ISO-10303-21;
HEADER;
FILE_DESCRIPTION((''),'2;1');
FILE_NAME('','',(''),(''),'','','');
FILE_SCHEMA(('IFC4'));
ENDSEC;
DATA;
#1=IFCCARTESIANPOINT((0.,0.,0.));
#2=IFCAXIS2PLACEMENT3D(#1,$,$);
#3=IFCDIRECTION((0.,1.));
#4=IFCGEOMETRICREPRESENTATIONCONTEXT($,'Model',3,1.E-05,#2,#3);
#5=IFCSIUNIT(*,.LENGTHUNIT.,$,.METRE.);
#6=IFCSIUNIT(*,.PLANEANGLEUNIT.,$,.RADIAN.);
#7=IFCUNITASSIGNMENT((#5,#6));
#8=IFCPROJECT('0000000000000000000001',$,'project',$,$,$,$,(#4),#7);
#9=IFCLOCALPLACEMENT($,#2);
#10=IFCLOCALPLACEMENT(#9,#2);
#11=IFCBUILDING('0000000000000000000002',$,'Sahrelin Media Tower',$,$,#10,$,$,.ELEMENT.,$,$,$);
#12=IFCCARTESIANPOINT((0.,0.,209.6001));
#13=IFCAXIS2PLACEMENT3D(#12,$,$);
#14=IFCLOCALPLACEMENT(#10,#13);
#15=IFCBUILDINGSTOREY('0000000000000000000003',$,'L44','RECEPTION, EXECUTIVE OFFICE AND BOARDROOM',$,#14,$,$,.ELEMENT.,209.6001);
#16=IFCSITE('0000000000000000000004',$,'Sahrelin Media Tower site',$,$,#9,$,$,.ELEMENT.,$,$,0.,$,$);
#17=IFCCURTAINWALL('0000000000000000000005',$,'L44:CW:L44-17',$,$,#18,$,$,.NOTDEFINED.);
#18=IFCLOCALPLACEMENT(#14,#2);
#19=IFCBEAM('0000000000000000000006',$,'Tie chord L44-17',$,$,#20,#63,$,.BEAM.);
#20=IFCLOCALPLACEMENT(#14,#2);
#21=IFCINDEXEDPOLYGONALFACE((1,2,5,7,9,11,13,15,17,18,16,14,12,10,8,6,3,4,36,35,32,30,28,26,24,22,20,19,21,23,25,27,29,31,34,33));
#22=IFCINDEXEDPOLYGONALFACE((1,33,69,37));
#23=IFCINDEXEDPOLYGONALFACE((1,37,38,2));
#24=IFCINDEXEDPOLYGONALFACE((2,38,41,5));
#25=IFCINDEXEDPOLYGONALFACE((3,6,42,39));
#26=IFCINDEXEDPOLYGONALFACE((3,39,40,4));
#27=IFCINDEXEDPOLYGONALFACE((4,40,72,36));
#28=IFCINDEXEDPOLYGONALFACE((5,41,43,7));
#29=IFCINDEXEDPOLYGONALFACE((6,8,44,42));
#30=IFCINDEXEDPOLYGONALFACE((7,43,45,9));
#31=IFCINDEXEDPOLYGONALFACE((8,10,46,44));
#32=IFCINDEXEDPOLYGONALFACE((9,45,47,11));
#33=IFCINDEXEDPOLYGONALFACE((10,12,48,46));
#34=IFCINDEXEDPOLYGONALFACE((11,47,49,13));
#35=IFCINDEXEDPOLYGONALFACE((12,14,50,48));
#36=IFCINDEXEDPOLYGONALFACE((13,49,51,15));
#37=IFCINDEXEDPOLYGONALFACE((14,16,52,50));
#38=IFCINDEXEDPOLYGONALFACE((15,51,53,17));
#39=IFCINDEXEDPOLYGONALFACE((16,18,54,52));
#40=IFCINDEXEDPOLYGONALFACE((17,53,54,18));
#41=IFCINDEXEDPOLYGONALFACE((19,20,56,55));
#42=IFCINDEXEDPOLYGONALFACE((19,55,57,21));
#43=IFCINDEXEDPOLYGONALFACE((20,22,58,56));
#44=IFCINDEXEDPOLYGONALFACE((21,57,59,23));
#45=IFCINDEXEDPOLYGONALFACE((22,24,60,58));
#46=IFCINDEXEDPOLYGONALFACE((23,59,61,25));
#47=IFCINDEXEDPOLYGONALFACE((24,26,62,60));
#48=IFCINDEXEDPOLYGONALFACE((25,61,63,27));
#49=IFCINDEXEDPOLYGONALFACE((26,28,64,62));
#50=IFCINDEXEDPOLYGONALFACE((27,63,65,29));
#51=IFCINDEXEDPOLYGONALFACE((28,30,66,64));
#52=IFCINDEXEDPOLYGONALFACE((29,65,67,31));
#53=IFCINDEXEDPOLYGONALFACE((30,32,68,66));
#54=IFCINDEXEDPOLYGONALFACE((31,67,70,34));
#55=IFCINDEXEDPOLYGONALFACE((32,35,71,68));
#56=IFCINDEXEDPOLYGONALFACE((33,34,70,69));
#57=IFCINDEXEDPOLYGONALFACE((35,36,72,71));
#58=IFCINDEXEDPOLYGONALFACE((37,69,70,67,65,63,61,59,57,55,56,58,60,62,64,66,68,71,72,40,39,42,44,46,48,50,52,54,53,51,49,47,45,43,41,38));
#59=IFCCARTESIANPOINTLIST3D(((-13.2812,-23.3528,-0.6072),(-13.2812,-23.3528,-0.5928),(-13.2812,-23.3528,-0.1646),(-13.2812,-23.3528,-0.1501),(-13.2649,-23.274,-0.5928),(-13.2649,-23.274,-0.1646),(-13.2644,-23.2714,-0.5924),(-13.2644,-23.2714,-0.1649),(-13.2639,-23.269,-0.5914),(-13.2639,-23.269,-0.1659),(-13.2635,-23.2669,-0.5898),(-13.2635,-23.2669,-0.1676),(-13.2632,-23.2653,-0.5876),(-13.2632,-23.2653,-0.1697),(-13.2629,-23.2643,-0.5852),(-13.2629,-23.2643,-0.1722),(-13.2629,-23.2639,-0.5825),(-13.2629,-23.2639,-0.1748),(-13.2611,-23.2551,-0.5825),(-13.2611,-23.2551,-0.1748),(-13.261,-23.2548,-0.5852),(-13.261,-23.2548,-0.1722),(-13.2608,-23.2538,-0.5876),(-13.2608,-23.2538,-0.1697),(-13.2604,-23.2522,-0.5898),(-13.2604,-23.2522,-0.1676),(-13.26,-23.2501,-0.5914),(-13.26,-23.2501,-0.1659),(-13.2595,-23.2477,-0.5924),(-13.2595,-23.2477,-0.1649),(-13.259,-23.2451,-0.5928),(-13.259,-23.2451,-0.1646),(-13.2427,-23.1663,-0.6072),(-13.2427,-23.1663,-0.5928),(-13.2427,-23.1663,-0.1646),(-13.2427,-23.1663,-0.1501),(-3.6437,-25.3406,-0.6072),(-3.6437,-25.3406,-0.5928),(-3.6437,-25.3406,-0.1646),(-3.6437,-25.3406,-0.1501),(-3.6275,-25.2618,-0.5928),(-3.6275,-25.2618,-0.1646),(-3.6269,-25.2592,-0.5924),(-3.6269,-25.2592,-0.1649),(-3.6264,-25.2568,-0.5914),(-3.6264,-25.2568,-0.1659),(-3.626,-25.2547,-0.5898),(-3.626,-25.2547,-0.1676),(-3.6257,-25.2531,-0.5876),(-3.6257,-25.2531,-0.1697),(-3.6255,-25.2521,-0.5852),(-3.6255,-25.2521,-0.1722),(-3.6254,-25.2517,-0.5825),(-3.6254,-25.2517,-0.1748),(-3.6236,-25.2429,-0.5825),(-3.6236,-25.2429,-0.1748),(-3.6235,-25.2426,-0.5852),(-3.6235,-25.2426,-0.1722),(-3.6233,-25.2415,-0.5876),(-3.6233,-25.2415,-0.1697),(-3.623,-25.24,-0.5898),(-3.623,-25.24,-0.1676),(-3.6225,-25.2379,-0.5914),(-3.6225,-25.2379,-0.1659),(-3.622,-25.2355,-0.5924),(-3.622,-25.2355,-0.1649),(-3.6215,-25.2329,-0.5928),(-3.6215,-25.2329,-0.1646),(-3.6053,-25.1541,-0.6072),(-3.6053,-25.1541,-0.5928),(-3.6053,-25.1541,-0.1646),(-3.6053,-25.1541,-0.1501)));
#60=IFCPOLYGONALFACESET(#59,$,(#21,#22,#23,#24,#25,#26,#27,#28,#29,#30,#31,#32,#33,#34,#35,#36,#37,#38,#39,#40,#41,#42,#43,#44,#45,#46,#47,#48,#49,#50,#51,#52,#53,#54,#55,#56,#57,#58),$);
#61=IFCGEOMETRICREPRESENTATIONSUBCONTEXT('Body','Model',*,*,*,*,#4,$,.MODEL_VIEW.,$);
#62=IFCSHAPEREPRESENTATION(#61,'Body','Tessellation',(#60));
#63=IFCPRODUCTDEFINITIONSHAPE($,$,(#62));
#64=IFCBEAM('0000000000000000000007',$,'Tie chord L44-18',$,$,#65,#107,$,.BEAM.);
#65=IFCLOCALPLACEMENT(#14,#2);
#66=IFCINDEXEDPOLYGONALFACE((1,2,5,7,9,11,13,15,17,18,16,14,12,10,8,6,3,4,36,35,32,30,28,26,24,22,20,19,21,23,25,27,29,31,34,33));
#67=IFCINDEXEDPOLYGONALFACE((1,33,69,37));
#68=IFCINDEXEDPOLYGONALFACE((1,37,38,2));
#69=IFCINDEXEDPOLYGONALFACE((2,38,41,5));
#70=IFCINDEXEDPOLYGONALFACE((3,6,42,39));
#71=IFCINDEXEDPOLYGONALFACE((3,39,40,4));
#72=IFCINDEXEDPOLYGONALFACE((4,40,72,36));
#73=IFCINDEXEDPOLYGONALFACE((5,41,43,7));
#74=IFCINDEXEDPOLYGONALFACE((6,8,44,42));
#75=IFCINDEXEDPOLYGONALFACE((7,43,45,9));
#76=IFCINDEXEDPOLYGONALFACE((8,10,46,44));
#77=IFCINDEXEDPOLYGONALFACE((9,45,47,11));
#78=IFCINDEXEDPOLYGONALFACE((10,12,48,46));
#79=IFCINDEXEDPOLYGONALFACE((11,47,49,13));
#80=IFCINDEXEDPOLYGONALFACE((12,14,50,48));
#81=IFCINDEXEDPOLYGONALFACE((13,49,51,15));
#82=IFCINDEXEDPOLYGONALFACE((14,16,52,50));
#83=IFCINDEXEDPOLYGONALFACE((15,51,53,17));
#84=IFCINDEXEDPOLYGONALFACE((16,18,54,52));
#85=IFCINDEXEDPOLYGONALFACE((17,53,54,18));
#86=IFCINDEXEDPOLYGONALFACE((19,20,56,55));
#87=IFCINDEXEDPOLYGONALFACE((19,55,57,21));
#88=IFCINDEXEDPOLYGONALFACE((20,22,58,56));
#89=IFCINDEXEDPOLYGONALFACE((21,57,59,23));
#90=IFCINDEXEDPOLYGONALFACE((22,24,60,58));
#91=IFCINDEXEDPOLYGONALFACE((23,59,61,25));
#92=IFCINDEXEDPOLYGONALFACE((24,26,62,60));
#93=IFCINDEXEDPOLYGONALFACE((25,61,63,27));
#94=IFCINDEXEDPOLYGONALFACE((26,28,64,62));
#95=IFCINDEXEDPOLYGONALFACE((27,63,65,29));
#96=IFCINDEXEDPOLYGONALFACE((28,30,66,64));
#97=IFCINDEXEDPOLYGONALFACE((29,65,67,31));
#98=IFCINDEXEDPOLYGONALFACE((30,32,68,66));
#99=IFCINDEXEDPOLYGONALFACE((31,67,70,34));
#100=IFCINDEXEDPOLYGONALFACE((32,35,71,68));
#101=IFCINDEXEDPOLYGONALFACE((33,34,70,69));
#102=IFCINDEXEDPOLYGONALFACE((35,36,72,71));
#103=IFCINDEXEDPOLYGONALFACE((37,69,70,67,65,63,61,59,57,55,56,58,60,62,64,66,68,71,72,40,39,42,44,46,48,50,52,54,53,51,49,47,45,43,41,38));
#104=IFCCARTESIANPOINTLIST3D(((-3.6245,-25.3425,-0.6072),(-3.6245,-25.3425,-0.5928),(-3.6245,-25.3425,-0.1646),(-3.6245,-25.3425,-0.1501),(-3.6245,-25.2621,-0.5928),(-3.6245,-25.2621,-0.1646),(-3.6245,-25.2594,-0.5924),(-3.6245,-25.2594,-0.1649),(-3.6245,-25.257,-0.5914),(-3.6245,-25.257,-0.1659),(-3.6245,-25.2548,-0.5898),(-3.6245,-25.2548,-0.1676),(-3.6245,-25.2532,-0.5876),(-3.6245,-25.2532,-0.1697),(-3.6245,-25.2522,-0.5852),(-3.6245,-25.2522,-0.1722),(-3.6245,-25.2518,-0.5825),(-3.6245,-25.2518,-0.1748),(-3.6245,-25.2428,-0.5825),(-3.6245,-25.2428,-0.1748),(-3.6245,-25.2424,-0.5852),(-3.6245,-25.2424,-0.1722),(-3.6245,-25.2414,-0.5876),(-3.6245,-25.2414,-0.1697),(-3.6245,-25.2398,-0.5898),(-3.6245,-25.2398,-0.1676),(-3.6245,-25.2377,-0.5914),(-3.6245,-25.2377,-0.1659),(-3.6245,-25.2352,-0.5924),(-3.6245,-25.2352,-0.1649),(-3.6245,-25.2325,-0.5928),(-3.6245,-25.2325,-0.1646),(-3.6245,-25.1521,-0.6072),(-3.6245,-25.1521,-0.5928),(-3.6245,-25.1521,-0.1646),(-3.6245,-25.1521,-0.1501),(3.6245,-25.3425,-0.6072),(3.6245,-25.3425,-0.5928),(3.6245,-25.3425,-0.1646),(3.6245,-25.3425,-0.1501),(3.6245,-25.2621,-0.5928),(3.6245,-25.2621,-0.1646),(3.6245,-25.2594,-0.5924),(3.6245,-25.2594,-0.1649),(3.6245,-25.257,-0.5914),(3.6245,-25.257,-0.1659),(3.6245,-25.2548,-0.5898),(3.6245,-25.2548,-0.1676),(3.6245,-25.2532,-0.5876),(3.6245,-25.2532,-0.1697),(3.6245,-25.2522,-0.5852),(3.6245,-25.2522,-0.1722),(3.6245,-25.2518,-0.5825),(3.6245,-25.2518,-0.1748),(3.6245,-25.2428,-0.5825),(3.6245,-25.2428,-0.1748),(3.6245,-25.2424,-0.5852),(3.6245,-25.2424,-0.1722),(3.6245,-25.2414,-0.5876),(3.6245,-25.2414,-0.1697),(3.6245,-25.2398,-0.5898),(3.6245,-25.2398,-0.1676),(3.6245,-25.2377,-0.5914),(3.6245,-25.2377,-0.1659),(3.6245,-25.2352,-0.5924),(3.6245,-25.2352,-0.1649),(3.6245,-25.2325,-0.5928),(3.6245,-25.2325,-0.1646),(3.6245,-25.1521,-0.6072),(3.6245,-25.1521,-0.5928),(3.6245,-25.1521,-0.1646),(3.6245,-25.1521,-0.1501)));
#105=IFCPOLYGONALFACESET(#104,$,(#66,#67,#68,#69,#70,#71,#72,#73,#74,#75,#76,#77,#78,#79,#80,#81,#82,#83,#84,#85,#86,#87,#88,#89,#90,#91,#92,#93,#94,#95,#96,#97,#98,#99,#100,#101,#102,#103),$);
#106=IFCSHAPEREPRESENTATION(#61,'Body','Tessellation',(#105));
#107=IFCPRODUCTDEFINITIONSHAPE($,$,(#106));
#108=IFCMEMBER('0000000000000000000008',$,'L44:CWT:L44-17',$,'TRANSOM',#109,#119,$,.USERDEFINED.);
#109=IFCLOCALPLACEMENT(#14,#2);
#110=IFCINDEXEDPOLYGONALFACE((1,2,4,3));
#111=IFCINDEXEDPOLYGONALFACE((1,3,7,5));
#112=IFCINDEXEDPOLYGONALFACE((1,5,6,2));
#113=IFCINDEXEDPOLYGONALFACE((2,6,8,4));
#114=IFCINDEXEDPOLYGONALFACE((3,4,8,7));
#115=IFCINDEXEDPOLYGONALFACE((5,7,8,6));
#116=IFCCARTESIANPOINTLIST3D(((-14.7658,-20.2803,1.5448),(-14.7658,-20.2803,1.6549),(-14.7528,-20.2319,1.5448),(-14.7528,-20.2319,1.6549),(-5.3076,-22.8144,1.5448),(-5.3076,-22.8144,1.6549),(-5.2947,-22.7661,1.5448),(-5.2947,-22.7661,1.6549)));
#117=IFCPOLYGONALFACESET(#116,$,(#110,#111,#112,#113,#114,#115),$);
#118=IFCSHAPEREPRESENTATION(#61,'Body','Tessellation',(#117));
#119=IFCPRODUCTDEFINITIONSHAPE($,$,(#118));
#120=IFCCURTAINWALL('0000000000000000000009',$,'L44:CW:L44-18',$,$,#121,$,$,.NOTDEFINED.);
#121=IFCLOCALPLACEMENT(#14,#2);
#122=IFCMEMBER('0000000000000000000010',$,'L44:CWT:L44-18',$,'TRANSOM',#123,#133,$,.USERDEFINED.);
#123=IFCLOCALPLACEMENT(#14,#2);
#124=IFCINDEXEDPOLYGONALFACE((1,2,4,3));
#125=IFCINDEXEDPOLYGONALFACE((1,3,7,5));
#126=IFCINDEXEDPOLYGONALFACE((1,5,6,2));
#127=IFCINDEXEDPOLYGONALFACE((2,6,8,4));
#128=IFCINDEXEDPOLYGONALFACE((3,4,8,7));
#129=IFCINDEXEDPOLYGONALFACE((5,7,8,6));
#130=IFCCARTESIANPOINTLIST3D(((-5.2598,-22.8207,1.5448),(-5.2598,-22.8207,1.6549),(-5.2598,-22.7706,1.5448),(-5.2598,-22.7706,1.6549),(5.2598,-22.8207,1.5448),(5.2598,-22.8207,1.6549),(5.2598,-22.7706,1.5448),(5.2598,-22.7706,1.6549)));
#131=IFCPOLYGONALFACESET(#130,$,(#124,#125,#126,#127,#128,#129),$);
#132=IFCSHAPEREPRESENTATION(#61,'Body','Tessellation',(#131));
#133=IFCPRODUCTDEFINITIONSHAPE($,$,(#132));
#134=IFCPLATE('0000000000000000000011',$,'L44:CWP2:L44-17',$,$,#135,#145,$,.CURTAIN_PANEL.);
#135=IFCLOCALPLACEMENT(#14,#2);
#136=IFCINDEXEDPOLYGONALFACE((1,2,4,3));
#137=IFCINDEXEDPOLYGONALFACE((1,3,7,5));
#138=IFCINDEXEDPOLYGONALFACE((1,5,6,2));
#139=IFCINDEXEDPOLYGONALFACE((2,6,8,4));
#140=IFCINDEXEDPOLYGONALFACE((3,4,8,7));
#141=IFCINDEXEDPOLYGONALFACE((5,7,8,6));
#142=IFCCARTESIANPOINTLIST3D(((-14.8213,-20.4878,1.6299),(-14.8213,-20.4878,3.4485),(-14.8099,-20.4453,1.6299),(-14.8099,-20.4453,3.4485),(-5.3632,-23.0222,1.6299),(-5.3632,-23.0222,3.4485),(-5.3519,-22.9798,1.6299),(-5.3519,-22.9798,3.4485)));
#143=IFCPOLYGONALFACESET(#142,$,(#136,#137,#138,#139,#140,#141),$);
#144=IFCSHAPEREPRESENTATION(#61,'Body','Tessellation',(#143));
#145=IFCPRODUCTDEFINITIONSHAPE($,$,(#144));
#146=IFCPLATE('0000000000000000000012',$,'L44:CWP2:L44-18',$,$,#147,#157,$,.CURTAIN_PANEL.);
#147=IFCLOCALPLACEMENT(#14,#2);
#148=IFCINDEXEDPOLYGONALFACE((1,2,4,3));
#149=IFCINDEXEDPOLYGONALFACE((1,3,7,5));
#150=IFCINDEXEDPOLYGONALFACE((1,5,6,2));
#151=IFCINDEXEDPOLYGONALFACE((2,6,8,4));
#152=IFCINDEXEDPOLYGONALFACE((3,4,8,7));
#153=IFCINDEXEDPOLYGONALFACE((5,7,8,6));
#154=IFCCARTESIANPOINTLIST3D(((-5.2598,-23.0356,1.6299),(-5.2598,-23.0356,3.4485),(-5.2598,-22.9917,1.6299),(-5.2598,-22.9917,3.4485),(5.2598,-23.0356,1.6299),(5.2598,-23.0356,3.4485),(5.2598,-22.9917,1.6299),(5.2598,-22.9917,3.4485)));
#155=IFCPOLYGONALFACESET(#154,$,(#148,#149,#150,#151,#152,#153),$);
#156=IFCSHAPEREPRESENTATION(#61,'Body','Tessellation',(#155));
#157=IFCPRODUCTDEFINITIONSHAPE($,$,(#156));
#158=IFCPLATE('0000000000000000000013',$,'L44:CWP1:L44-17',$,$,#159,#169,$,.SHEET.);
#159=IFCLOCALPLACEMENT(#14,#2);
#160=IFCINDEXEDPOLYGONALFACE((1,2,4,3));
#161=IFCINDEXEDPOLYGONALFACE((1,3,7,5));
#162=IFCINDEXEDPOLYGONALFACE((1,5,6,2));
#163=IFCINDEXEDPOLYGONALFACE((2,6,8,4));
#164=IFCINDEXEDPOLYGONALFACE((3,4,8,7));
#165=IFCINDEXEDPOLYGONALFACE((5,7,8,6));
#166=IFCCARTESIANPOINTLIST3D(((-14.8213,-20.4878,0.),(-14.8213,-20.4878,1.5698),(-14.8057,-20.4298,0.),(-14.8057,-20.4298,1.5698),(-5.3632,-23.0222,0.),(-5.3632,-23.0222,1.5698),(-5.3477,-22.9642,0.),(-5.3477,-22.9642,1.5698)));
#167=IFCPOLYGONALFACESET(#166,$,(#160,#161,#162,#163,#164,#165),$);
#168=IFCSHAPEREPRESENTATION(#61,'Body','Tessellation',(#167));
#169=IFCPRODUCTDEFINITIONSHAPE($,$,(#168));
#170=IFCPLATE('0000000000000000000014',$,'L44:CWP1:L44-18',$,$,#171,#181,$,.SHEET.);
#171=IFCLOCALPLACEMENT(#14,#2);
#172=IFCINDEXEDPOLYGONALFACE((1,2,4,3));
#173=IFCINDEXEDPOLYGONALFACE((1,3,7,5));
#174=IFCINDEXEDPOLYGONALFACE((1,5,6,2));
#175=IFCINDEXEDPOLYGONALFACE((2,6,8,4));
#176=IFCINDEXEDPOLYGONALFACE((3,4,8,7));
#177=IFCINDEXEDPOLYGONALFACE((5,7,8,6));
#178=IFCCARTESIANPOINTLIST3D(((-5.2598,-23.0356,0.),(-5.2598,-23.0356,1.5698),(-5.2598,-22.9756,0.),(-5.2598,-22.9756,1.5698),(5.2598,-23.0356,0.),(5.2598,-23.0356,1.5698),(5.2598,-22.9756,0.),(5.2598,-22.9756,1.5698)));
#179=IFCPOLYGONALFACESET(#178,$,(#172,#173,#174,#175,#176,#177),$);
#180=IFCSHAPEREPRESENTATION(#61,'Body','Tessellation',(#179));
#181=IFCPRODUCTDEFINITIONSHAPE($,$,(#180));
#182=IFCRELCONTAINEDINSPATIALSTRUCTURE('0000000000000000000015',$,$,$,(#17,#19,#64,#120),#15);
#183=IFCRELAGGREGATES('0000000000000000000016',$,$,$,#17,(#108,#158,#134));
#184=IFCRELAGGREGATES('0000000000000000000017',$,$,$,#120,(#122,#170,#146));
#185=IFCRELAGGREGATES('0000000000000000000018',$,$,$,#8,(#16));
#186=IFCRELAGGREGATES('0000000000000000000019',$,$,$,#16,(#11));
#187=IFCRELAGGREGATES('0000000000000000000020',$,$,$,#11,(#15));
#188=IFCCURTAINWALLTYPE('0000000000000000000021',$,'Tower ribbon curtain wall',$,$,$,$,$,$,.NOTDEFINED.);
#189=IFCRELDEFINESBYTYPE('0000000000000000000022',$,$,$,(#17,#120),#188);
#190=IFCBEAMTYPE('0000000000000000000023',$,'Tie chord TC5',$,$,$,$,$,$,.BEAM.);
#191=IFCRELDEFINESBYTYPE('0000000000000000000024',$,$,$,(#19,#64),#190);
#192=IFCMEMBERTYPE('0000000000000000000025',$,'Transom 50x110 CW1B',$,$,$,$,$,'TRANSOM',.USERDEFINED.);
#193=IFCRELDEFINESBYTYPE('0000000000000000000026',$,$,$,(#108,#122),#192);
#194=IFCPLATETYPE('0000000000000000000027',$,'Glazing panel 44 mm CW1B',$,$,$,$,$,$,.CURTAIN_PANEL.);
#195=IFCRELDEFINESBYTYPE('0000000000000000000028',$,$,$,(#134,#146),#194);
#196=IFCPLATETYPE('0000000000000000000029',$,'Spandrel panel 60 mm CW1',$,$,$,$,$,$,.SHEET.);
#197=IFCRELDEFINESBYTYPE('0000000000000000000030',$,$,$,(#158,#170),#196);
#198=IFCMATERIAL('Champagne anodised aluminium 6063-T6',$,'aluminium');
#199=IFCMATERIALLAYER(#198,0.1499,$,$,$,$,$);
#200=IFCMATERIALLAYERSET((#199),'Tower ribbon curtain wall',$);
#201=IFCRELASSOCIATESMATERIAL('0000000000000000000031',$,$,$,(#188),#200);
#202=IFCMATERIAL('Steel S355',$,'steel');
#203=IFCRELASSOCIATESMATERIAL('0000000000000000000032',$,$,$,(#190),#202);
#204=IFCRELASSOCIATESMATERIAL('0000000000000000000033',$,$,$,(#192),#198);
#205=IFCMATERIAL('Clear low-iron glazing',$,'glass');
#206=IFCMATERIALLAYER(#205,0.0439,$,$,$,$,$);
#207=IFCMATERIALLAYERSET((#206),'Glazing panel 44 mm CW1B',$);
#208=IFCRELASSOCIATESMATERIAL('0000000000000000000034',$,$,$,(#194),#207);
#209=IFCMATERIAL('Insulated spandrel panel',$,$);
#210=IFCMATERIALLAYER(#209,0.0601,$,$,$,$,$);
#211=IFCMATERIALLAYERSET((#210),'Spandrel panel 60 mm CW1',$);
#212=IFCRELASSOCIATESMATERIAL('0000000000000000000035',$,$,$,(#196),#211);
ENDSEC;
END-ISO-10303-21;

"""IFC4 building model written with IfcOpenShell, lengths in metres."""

from ifc_helpers import new_model, si_unit, direction, frame, origin, origin_2d, place, context, subcontext, project, spatial, polyline, rectangle, i_section, outline, extrude, material, layer, layer_set, material_profile, profile_set, type_object, element, aggregate, save


model = new_model("IFC4")

# Units and contexts
model_context = context("Model", 3, precision=1e-05, world=origin(), true_north=direction((0.0, 1.0)))
body_context = subcontext(model_context, "Body", "Model", "MODEL_VIEW")
ifc_project = project(units=[si_unit("LENGTHUNIT", "METRE"), si_unit("PLANEANGLEUNIT", "RADIAN")], contexts=[model_context])

# Site, building, storey
site_placement = place(None, origin())
site = spatial("IfcSite", under=ifc_project, at=site_placement, Name="Sahrelin Media Tower site", CompositionType="ELEMENT", RefElevation=0.0)
building_placement = place(site_placement, origin())
building = spatial("IfcBuilding", under=site, at=building_placement, Name="Sahrelin Media Tower", CompositionType="ELEMENT")
storey_placement = place(building_placement, frame((0.0, 0.0, 209.6001)))
storey = spatial("IfcBuildingStorey", under=building, at=storey_placement, Name="L44", Description="RECEPTION, EXECUTIVE OFFICE AND BOARDROOM", CompositionType="ELEMENT", Elevation=209.6001)

# Shared definitions
ifc_material_1 = material(Name="Steel S355", Category="steel")

# Curtain wall
ifc_material_2 = material(Name="Champagne anodised aluminium 6063-T6", Category="aluminium")
ifc_layer_1 = layer(ifc_material_2, 0.1499)
ifc_layer_set_1 = layer_set([ifc_layer_1], Name="Tower ribbon curtain wall")
curtain_wall_type = type_object("IfcCurtainWallType", Name="Tower ribbon curtain wall", PredefinedType="NOTDEFINED", material=ifc_layer_set_1)
curtain_wall_1_placement = place(storey_placement, frame((-10.0872, -21.7356, 0.0), z_axis=(0.0, 0.0, 1.0), x_axis=(1.0, 0.0, 0.0)))
curtain_wall_1 = element("IfcCurtainWall", 1, at=curtain_wall_1_placement, inside=storey, type_object=curtain_wall_type, Name="L44:CW:L44-17", PredefinedType="NOTDEFINED")

# Beams
ifc_material_profile_1 = material_profile(ifc_material_1, i_section(OverallWidth=0.1904, OverallDepth=0.457, WebThickness=0.009, FlangeThickness=0.0144, FilletRadius=0.0103, at=origin_2d()), Name="UB 457x191x74")
ifc_profile_set_1 = profile_set([ifc_material_profile_1], Name="Steel S355")
beam_type_1 = type_object("IfcBeamType", Name="Tie chord TC5", PredefinedType="BEAM", material=ifc_profile_set_1)
beam_1_placement = place(storey_placement, frame((-13.262, -23.2595, -0.3787), z_axis=(0.979384, -0.202005, 0.0), x_axis=(0.202005, 0.979384, 0.0)))
element("IfcBeam", 2, at=beam_1_placement, inside=storey, type_object=beam_type_1, Name="Tie chord L44-17", PredefinedType="BEAM", context=body_context, shape_type="SweptSolid", body=[
    extrude(i_section(OverallWidth=0.1904, OverallDepth=0.457, WebThickness=0.009, FlangeThickness=0.0144, FilletRadius=0.0103, at=origin_2d()), origin(), (0.0, 0.0, 1.0), 9.8403),
])
beam_2_placement = place(storey_placement, frame((-3.6245, -25.2473, -0.3787), z_axis=(1.0, 0.0, 0.0), x_axis=(0.0, 1.0, 0.0)))
element("IfcBeam", 3, at=beam_2_placement, inside=storey, type_object=beam_type_1, Name="Tie chord L44-18", PredefinedType="BEAM", context=body_context, shape_type="SweptSolid", body=[
    extrude(i_section(OverallWidth=0.1904, OverallDepth=0.457, WebThickness=0.009, FlangeThickness=0.0144, FilletRadius=0.0103, at=origin_2d()), origin(), (0.0, 0.0, 1.0), 7.249),
])

# Member
ifc_material_profile_2 = material_profile(ifc_material_2, rectangle(XDim=0.05, YDim=0.1101, at=origin_2d()), Name="Transom 50x110")
ifc_profile_set_2 = profile_set([ifc_material_profile_2], Name="Champagne anodised aluminium 6063-T6")
member_type_1 = type_object("IfcMemberType", Name="Transom 50x110 CW1B", ElementType="TRANSOM", PredefinedType="USERDEFINED", material=ifc_profile_set_2)
member_1_placement = place(storey_placement, frame((-14.7593, -20.2561, 1.5999), z_axis=(0.96593, -0.258805, 0.0), x_axis=(0.258805, 0.96593, 0.0)))
member_1 = element("IfcMember", 4, at=member_1_placement, type_object=member_type_1, Name="L44:CWT:L44-17", ObjectType="TRANSOM", PredefinedType="USERDEFINED", context=body_context, shape_type="SweptSolid", body=[
    extrude(rectangle(XDim=0.05, YDim=0.1101, at=origin_2d()), origin(), (0.0, 0.0, 1.0), 9.7917),
])

# Curtain wall, member
curtain_wall_2_placement = place(storey_placement, frame((0.0, -23.0156, 0.0), z_axis=(0.0, 0.0, 1.0), x_axis=(1.0, 0.0, 0.0)))
curtain_wall_2 = element("IfcCurtainWall", 5, at=curtain_wall_2_placement, inside=storey, type_object=curtain_wall_type, Name="L44:CW:L44-18", PredefinedType="NOTDEFINED")
member_2_placement = place(storey_placement, frame((-5.2598, -22.7957, 1.5999), z_axis=(1.0, 0.0, 0.0), x_axis=(0.0, 1.0, 0.0)))
member_2 = element("IfcMember", 6, at=member_2_placement, type_object=member_type_1, Name="L44:CWT:L44-18", ObjectType="TRANSOM", PredefinedType="USERDEFINED", context=body_context, shape_type="SweptSolid", body=[
    extrude(rectangle(XDim=0.05, YDim=0.1101, at=origin_2d()), origin(), (0.0, 0.0, 1.0), 10.5195),
])

# Plates
ifc_material_3 = material(Name="Clear low-iron glazing", Category="glass")
ifc_layer_2 = layer(ifc_material_3, 0.0439)
ifc_layer_set_2 = layer_set([ifc_layer_2], Name="Glazing panel 44 mm CW1B")
plate_type_1 = type_object("IfcPlateType", Name="Glazing panel 44 mm CW1B", PredefinedType="CURTAIN_PANEL", material=ifc_layer_set_2)
plate_1_placement = place(storey_placement, frame((-14.8213, -20.4878, 1.6299), z_axis=(-0.258834, -0.965922, 0.0), x_axis=(0.965922, -0.258834, 0.0)))
plate_1 = element("IfcPlate", 7, at=plate_1_placement, type_object=plate_type_1, Name="L44:CWP2:L44-17", PredefinedType="CURTAIN_PANEL", context=body_context, shape_type="SweptSolid", body=[
    extrude(outline(polyline([(0.0, 0.0), (9.7917, 0.0), (9.7917, 1.8186), (0.0, 1.8186), (0.0, 0.0)])), origin(), (0.0, 0.0, -1.0), 0.0439),
])
plate_2_placement = place(storey_placement, frame((-5.2598, -23.0356, 1.6299), z_axis=(0.0, -1.0, 0.0), x_axis=(1.0, 0.0, 0.0)))
plate_2 = element("IfcPlate", 8, at=plate_2_placement, type_object=plate_type_1, Name="L44:CWP2:L44-18", PredefinedType="CURTAIN_PANEL", context=body_context, shape_type="SweptSolid", body=[
    extrude(outline(polyline([(0.0, 0.0), (10.5195, 0.0), (10.5195, 1.8186), (0.0, 1.8186), (0.0, 0.0)])), origin(), (0.0, 0.0, -1.0), 0.0439),
])
ifc_material_4 = material(Name="Insulated spandrel panel")
ifc_layer_3 = layer(ifc_material_4, 0.0601)
ifc_layer_set_3 = layer_set([ifc_layer_3], Name="Spandrel panel 60 mm CW1")
plate_type_2 = type_object("IfcPlateType", Name="Spandrel panel 60 mm CW1", PredefinedType="SHEET", material=ifc_layer_set_3)
plate_3_placement = place(storey_placement, frame((-14.8213, -20.4878, 0.0), z_axis=(-0.258834, -0.965922, 0.0), x_axis=(0.965922, -0.258834, 0.0)))
plate_3 = element("IfcPlate", 9, at=plate_3_placement, type_object=plate_type_2, Name="L44:CWP1:L44-17", PredefinedType="SHEET", context=body_context, shape_type="SweptSolid", body=[
    extrude(outline(polyline([(0.0, 0.0), (9.7917, 0.0), (9.7917, 1.5698), (0.0, 1.5698), (0.0, 0.0)])), origin(), (0.0, 0.0, -1.0), 0.0601),
])
aggregate(curtain_wall_1, [member_1, plate_3, plate_1])
plate_4_placement = place(storey_placement, frame((-5.2598, -23.0356, 0.0), z_axis=(0.0, -1.0, 0.0), x_axis=(1.0, 0.0, 0.0)))
plate_4 = element("IfcPlate", 10, at=plate_4_placement, type_object=plate_type_2, Name="L44:CWP1:L44-18", PredefinedType="SHEET", context=body_context, shape_type="SweptSolid", body=[
    extrude(outline(polyline([(0.0, 0.0), (10.5195, 0.0), (10.5195, 1.5698), (0.0, 1.5698), (0.0, 0.0)])), origin(), (0.0, 0.0, -1.0), 0.0601),
])
aggregate(curtain_wall_2, [member_2, plate_4, plate_2])

save(model, "model.ifc")
